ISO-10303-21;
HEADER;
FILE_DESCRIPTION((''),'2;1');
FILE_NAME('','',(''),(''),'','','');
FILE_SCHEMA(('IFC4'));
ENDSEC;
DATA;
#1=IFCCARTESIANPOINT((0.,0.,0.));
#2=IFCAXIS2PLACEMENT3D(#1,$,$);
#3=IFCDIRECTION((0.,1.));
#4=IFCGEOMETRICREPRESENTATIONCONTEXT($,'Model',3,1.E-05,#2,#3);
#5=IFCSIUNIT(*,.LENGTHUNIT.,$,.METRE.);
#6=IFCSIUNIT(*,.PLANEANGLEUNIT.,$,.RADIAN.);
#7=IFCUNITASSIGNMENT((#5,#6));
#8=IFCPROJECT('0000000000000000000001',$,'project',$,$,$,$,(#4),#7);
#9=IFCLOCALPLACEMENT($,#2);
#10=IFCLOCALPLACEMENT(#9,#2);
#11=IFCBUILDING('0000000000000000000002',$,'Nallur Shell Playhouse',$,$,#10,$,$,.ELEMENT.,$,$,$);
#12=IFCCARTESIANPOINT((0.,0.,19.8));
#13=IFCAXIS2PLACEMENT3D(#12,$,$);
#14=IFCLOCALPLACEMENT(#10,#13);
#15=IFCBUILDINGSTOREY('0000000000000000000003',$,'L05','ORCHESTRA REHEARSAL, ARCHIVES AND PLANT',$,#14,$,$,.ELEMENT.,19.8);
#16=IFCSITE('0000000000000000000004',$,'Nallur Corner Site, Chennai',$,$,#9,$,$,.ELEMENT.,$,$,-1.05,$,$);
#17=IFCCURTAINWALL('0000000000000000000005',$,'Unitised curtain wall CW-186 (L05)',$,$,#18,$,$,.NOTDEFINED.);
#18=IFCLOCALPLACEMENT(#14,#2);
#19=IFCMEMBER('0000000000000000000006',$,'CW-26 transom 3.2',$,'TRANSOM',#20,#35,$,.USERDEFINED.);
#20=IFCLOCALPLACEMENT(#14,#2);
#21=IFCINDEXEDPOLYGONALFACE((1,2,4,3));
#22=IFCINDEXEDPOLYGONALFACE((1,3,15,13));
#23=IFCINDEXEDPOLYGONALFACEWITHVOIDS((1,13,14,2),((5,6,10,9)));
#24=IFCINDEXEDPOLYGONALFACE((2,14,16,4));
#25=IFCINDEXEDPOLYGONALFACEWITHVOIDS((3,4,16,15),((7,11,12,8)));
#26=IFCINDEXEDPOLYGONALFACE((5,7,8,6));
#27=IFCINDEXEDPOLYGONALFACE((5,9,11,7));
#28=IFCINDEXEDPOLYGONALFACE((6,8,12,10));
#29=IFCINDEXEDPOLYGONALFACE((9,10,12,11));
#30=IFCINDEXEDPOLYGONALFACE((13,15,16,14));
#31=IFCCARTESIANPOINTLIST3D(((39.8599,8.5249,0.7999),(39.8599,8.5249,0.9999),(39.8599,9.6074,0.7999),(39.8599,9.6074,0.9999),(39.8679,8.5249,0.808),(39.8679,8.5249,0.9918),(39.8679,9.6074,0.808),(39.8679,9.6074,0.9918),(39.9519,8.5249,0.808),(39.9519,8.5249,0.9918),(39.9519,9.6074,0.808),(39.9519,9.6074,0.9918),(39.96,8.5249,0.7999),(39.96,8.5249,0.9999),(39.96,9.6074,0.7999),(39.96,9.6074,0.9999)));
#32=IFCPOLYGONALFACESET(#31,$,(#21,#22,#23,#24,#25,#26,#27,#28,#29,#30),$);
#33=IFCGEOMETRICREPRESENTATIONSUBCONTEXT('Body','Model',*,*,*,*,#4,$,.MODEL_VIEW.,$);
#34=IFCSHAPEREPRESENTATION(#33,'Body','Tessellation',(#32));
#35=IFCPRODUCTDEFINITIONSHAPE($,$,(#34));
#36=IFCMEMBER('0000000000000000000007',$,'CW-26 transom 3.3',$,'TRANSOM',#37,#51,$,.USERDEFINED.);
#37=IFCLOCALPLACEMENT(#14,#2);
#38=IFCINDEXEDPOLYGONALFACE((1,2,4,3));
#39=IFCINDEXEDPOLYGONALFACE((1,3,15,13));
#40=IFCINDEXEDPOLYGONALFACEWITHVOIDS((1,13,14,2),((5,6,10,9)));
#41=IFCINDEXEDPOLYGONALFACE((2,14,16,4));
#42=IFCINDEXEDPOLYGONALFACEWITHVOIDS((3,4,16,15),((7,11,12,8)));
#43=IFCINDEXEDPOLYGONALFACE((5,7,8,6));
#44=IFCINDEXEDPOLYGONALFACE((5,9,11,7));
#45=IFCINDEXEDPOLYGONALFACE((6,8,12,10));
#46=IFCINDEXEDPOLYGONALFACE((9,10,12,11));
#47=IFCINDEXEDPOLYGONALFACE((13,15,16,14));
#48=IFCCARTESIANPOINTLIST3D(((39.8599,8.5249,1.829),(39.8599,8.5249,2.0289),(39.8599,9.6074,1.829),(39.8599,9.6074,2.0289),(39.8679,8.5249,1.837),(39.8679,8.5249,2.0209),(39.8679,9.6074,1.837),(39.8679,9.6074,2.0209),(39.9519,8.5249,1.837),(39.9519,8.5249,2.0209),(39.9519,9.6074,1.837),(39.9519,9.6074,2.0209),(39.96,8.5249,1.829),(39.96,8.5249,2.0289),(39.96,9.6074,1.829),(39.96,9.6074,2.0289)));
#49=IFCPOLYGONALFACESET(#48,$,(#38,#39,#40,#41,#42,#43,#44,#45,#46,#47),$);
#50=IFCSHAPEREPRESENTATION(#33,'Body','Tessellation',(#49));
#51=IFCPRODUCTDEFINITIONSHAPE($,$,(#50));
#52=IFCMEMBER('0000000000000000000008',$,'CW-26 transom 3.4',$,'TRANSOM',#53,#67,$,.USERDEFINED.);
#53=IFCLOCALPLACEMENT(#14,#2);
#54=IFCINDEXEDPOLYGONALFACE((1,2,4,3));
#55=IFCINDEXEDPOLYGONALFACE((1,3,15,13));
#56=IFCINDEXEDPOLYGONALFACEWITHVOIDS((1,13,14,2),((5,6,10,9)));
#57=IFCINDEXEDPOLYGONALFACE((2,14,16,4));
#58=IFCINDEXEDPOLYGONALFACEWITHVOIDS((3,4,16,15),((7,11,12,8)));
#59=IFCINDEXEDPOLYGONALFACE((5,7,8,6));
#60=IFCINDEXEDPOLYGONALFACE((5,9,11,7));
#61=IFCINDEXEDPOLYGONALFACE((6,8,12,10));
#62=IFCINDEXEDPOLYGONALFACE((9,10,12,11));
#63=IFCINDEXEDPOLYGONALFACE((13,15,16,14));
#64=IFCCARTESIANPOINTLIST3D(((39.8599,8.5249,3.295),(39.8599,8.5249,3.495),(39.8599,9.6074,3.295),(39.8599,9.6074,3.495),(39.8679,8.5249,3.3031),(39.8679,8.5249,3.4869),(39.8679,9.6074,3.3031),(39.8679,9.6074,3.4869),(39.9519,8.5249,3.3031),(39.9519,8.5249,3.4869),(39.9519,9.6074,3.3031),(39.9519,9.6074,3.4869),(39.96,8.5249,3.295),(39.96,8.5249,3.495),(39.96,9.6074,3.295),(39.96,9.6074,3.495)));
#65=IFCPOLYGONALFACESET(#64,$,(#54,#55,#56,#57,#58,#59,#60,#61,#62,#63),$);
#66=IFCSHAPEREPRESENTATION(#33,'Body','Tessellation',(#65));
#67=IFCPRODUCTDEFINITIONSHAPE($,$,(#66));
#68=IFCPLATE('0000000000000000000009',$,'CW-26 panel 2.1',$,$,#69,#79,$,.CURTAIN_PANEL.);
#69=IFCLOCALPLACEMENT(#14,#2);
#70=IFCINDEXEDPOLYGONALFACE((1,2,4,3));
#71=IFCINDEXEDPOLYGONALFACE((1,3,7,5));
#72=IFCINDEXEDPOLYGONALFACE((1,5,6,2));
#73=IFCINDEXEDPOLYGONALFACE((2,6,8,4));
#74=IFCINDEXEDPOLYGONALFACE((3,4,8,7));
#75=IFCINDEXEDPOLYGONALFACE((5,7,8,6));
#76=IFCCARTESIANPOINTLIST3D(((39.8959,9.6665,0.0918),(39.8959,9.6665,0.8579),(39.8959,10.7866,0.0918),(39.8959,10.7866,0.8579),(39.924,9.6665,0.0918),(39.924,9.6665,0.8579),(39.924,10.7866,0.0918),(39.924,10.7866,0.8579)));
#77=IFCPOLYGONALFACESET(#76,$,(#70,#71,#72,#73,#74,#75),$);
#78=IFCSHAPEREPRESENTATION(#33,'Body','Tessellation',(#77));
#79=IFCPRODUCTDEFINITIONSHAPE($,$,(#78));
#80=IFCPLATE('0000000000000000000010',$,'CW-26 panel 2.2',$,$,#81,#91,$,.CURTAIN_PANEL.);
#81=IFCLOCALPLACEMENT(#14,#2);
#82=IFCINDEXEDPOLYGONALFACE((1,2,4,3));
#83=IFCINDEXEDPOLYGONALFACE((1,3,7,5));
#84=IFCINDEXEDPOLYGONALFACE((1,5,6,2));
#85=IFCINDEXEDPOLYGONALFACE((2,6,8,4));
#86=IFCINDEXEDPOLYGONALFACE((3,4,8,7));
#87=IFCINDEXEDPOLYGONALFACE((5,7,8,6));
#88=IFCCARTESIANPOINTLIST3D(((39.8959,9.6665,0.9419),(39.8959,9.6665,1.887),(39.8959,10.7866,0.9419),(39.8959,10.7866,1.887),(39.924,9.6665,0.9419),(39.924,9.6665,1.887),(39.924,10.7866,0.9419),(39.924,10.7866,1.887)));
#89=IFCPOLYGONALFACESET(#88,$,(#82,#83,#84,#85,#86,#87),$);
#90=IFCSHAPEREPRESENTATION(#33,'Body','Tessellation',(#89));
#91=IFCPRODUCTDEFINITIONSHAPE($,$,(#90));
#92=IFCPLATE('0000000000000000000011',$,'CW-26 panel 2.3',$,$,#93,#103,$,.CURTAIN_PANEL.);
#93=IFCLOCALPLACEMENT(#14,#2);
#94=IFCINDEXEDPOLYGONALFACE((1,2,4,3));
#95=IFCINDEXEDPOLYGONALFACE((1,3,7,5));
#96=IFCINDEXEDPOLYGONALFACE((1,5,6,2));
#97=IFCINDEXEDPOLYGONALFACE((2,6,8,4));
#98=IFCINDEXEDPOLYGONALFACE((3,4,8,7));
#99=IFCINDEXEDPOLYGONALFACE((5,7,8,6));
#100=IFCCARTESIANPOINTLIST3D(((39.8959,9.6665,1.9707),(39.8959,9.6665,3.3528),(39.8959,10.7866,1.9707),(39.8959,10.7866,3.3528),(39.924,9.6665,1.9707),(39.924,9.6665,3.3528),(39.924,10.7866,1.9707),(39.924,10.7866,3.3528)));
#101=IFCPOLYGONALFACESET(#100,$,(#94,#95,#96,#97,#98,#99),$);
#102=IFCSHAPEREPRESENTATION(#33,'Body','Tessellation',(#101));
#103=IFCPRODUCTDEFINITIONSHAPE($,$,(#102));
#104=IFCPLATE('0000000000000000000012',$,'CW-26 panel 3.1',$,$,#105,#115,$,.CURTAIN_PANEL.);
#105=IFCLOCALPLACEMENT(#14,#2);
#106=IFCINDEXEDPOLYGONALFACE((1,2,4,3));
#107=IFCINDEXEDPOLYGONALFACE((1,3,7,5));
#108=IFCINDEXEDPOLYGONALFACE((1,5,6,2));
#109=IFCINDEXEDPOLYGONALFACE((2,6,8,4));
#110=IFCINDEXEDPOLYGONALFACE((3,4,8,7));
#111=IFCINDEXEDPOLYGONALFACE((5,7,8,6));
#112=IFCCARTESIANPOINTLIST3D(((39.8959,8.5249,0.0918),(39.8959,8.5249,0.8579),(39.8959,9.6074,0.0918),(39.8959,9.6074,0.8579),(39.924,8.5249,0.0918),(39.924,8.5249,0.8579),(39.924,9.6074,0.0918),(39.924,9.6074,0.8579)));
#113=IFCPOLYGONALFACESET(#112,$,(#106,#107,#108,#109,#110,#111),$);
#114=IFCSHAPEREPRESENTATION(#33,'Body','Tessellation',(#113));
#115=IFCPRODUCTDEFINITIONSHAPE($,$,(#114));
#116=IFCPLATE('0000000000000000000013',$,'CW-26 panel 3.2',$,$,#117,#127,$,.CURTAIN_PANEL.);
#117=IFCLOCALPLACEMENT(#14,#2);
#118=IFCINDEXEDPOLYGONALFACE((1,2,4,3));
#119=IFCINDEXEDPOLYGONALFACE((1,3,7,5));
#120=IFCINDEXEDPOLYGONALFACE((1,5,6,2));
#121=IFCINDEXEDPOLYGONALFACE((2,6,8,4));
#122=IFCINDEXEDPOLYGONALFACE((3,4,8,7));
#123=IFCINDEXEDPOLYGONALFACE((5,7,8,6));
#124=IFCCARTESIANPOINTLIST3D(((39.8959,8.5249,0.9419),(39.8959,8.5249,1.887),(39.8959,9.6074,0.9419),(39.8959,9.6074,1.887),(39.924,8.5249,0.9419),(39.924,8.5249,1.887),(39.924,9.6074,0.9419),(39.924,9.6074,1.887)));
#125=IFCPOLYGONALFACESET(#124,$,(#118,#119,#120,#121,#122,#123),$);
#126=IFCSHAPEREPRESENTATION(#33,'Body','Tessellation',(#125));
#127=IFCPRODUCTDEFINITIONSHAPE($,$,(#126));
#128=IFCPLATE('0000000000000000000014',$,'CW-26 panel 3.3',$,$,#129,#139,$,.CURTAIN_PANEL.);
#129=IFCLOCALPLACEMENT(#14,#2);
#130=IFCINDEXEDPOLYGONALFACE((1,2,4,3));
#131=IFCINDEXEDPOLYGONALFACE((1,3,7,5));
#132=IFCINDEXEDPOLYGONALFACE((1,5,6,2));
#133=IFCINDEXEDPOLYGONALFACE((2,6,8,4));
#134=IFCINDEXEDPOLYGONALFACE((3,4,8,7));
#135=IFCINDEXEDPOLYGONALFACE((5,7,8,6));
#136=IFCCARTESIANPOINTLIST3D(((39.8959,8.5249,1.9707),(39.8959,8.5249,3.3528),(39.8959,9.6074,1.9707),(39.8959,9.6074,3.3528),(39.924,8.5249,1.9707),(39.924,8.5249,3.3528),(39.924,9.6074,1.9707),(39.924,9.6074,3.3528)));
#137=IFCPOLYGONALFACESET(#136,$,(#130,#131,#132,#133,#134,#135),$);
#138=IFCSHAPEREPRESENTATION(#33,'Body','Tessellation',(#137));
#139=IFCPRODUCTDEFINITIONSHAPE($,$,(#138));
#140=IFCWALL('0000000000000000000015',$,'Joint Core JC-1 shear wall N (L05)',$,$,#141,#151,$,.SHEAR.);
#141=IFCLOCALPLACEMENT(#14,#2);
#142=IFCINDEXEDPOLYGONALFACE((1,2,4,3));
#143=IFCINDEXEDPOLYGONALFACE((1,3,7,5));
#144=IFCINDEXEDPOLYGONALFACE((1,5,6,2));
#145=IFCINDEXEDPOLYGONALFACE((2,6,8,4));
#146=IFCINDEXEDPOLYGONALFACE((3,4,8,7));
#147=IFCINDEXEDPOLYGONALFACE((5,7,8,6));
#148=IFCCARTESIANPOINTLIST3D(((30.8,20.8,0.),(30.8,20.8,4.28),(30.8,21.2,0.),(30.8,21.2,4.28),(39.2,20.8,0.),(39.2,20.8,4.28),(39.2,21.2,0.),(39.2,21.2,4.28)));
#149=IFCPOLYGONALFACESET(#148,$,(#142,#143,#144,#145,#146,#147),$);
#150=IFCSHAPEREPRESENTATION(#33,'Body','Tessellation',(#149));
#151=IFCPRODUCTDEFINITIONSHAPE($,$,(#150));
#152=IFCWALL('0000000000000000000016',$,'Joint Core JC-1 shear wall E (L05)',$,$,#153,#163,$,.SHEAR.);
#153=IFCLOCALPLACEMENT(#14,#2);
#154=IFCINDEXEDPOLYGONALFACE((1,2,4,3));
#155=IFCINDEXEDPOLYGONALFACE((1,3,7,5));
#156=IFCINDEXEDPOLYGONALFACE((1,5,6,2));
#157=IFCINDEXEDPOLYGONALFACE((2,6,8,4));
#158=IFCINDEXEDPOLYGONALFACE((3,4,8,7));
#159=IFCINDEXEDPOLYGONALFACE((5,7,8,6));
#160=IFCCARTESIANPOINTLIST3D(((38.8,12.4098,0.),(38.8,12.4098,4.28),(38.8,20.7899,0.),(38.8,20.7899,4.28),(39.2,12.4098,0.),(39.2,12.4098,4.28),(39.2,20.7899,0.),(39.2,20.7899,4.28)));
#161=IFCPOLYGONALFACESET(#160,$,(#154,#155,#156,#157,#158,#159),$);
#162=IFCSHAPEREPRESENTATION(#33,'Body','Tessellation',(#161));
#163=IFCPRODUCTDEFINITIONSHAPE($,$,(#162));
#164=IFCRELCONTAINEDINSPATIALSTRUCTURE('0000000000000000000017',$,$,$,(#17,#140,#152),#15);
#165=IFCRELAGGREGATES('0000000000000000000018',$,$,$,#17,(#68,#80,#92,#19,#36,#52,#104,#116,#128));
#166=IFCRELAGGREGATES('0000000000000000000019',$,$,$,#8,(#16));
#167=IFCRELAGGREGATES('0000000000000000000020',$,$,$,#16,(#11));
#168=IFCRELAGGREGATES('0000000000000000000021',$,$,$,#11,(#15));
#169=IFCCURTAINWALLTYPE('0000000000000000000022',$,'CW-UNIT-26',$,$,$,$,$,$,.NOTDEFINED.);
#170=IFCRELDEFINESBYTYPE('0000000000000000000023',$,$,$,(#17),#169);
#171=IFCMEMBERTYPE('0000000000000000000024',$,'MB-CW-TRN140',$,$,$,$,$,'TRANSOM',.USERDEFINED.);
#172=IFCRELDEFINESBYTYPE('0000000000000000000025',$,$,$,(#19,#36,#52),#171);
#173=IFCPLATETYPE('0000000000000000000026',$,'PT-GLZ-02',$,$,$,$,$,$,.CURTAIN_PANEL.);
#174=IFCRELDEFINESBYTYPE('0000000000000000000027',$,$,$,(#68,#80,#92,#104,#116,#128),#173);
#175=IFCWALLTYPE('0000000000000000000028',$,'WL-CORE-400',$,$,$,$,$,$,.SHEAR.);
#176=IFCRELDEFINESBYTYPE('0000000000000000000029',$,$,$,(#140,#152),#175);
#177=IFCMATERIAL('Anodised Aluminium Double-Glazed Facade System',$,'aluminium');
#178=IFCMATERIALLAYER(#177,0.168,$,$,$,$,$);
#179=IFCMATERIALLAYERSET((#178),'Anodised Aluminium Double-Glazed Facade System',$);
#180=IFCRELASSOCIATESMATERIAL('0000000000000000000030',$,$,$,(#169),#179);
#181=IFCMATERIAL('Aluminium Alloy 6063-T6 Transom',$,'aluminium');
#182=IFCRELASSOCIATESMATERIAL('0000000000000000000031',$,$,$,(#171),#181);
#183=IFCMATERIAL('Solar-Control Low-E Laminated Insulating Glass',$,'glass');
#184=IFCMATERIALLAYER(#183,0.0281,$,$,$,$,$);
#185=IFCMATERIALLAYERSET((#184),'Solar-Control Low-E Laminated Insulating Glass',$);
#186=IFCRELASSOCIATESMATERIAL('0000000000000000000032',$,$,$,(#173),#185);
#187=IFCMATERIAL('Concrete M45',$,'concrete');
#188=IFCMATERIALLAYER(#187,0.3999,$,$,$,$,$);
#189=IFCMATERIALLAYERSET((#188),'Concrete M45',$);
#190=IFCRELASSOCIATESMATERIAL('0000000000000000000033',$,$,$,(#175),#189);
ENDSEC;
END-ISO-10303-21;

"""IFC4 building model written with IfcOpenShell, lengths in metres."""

from ifc_helpers import new_model, si_unit, direction, frame, frame_2d, origin, origin_2d, place, context, subcontext, project, spatial, rectangle, hollow_rectangle, extrude, material, layer, layer_set, material_profile, profile_set, type_object, element, aggregate, save


model = new_model("IFC4")

# Units and contexts
model_context = context("Model", 3, precision=1e-05, world=origin(), true_north=direction((0.0, 1.0)))
body_context = subcontext(model_context, "Body", "Model", "MODEL_VIEW")
ifc_project = project(units=[si_unit("LENGTHUNIT", "METRE"), si_unit("PLANEANGLEUNIT", "RADIAN")], contexts=[model_context])

# Site, building, storey
site_placement = place(None, origin())
site = spatial("IfcSite", under=ifc_project, at=site_placement, Name="Nallur Corner Site, Chennai", CompositionType="ELEMENT", RefElevation=-1.05)
building_placement = place(site_placement, origin())
building = spatial("IfcBuilding", under=site, at=building_placement, Name="Nallur Shell Playhouse", CompositionType="ELEMENT")
storey_placement = place(building_placement, frame((0.0, 0.0, 19.8)))
storey = spatial("IfcBuildingStorey", under=building, at=storey_placement, Name="L05", Description="ORCHESTRA REHEARSAL, ARCHIVES AND PLANT", CompositionType="ELEMENT", Elevation=19.8)

# Curtain wall, members, plates
ifc_material_1 = material(Name="Anodised Aluminium Double-Glazed Facade System", Category="aluminium")
ifc_layer_1 = layer(ifc_material_1, 0.168)
ifc_layer_set_1 = layer_set([ifc_layer_1], Name="Anodised Aluminium Double-Glazed Facade System")
curtain_wall_type = type_object("IfcCurtainWallType", Name="CW-UNIT-26", PredefinedType="NOTDEFINED", material=ifc_layer_set_1)
curtain_wall_placement = place(storey_placement, origin())
curtain_wall = element("IfcCurtainWall", 1, at=curtain_wall_placement, inside=storey, type_object=curtain_wall_type, Name="Unitised curtain wall CW-186 (L05)", PredefinedType="NOTDEFINED")
ifc_material_2 = material(Name="Aluminium Alloy 6063-T6 Transom", Category="aluminium")
ifc_material_profile_1 = material_profile(ifc_material_2, hollow_rectangle(XDim=0.1001, YDim=0.2, WallThickness=0.0081, at=origin_2d()), Name="RHS 200x100x8")
ifc_profile_set_1 = profile_set([ifc_material_profile_1], Name="Aluminium Alloy 6063-T6 Transom")
member_type_1 = type_object("IfcMemberType", Name="MB-CW-TRN140", ElementType="TRANSOM", PredefinedType="USERDEFINED", material=ifc_profile_set_1)
member_1_placement = place(storey_placement, frame((39.9099, 9.6074, 0.8999), z_axis=(0.0, -1.0, 0.0), x_axis=(1.0, 0.0, 0.0)))
member_1 = element("IfcMember", 2, at=member_1_placement, type_object=member_type_1, Name="CW-26 transom 3.2", ObjectType="TRANSOM", PredefinedType="USERDEFINED", context=body_context, shape_type="SweptSolid", body=[
    extrude(hollow_rectangle(XDim=0.1001, YDim=0.2, WallThickness=0.0081, at=origin_2d()), origin(), (0.0, 0.0, 1.0), 1.0825),
])
member_2_placement = place(storey_placement, frame((39.9099, 9.6074, 1.929), z_axis=(0.0, -1.0, 0.0), x_axis=(1.0, 0.0, 0.0)))
member_2 = element("IfcMember", 3, at=member_2_placement, type_object=member_type_1, Name="CW-26 transom 3.3", ObjectType="TRANSOM", PredefinedType="USERDEFINED", context=body_context, shape_type="SweptSolid", body=[
    extrude(hollow_rectangle(XDim=0.1001, YDim=0.2, WallThickness=0.0081, at=origin_2d()), origin(), (0.0, 0.0, 1.0), 1.0825),
])
member_3_placement = place(storey_placement, frame((39.9099, 9.6074, 3.395), z_axis=(0.0, -1.0, 0.0), x_axis=(1.0, 0.0, 0.0)))
member_3 = element("IfcMember", 4, at=member_3_placement, type_object=member_type_1, Name="CW-26 transom 3.4", ObjectType="TRANSOM", PredefinedType="USERDEFINED", context=body_context, shape_type="SweptSolid", body=[
    extrude(hollow_rectangle(XDim=0.1001, YDim=0.2, WallThickness=0.0081, at=origin_2d()), origin(), (0.0, 0.0, 1.0), 1.0825),
])
ifc_material_3 = material(Name="Solar-Control Low-E Laminated Insulating Glass", Category="glass")
ifc_layer_2 = layer(ifc_material_3, 0.0281)
ifc_layer_set_2 = layer_set([ifc_layer_2], Name="Solar-Control Low-E Laminated Insulating Glass")
plate_type = type_object("IfcPlateType", Name="PT-GLZ-02", PredefinedType="CURTAIN_PANEL", material=ifc_layer_set_2)
plate_1_placement = place(storey_placement, frame((39.9099, 10.2266, 0.0918), z_axis=(0.0, 0.0, 1.0), x_axis=(0.0, -1.0, 0.0)))
plate_1 = element("IfcPlate", 5, at=plate_1_placement, type_object=plate_type, Name="CW-26 panel 2.1", PredefinedType="CURTAIN_PANEL", context=body_context, shape_type="SweptSolid", body=[
    extrude(rectangle(XDim=1.1201, YDim=0.0281, at=origin_2d()), origin(), (0.0, 0.0, 1.0), 0.7661),
])
plate_2_placement = place(storey_placement, frame((39.9099, 10.2266, 0.9419), z_axis=(0.0, 0.0, 1.0), x_axis=(0.0, -1.0, 0.0)))
plate_2 = element("IfcPlate", 6, at=plate_2_placement, type_object=plate_type, Name="CW-26 panel 2.2", PredefinedType="CURTAIN_PANEL", context=body_context, shape_type="SweptSolid", body=[
    extrude(rectangle(XDim=1.1201, YDim=0.0281, at=origin_2d()), origin(), (0.0, 0.0, 1.0), 0.9451),
])
plate_3_placement = place(storey_placement, frame((39.9099, 10.2266, 1.9707), z_axis=(0.0, 0.0, 1.0), x_axis=(0.0, -1.0, 0.0)))
plate_3 = element("IfcPlate", 7, at=plate_3_placement, type_object=plate_type, Name="CW-26 panel 2.3", PredefinedType="CURTAIN_PANEL", context=body_context, shape_type="SweptSolid", body=[
    extrude(rectangle(XDim=1.1201, YDim=0.0281, at=origin_2d()), origin(), (0.0, 0.0, 1.0), 1.3821),
])
plate_4_placement = place(storey_placement, frame((39.9099, 9.0662, 0.0918), z_axis=(0.0, 0.0, 1.0), x_axis=(0.0, -1.0, 0.0)))
plate_4 = element("IfcPlate", 8, at=plate_4_placement, type_object=plate_type, Name="CW-26 panel 3.1", PredefinedType="CURTAIN_PANEL", context=body_context, shape_type="SweptSolid", body=[
    extrude(rectangle(XDim=1.0825, YDim=0.0281, at=origin_2d()), origin(), (0.0, 0.0, 1.0), 0.7661),
])
plate_5_placement = place(storey_placement, frame((39.9099, 9.0662, 0.9419), z_axis=(0.0, 0.0, 1.0), x_axis=(0.0, -1.0, 0.0)))
plate_5 = element("IfcPlate", 9, at=plate_5_placement, type_object=plate_type, Name="CW-26 panel 3.2", PredefinedType="CURTAIN_PANEL", context=body_context, shape_type="SweptSolid", body=[
    extrude(rectangle(XDim=1.0825, YDim=0.0281, at=origin_2d()), origin(), (0.0, 0.0, 1.0), 0.9451),
])
plate_6_placement = place(storey_placement, frame((39.9099, 9.0662, 1.9707), z_axis=(0.0, 0.0, 1.0), x_axis=(0.0, -1.0, 0.0)))
plate_6 = element("IfcPlate", 10, at=plate_6_placement, type_object=plate_type, Name="CW-26 panel 3.3", PredefinedType="CURTAIN_PANEL", context=body_context, shape_type="SweptSolid", body=[
    extrude(rectangle(XDim=1.0825, YDim=0.0281, at=origin_2d()), origin(), (0.0, 0.0, 1.0), 1.3821),
])
aggregate(curtain_wall, [plate_1, plate_2, plate_3, member_1, member_2, member_3, plate_4, plate_5, plate_6])

# Walls
ifc_material_4 = material(Name="Concrete M45", Category="concrete")
ifc_layer_3 = layer(ifc_material_4, 0.3999)
ifc_layer_set_3 = layer_set([ifc_layer_3], Name="Concrete M45")
wall_type_1 = type_object("IfcWallType", Name="WL-CORE-400", PredefinedType="SHEAR", material=ifc_layer_set_3)
wall_1_placement = place(storey_placement, frame((39.2, 21.0, 0.0), z_axis=(0.0, 0.0, 1.0), x_axis=(-1.0, 0.0, 0.0)))
element("IfcWall", 11, at=wall_1_placement, inside=storey, type_object=wall_type_1, Name="Joint Core JC-1 shear wall N (L05)", PredefinedType="SHEAR", context=body_context, shape_type="SweptSolid", body=[
    extrude(rectangle(XDim=8.3999, YDim=0.3999, at=frame_2d((4.2, 0.0))), origin(), (0.0, 0.0, 1.0), 4.28),
])
wall_2_placement = place(storey_placement, frame((39.0, 12.4099, 0.0), z_axis=(0.0, 0.0, 1.0), x_axis=(0.0, 1.0, 0.0)))
element("IfcWall", 12, at=wall_2_placement, inside=storey, type_object=wall_type_1, Name="Joint Core JC-1 shear wall E (L05)", PredefinedType="SHEAR", context=body_context, shape_type="SweptSolid", body=[
    extrude(rectangle(XDim=8.3801, YDim=0.3999, at=frame_2d((4.1899, 0.0))), origin(), (0.0, 0.0, 1.0), 4.28),
])

save(model, "model.ifc")
